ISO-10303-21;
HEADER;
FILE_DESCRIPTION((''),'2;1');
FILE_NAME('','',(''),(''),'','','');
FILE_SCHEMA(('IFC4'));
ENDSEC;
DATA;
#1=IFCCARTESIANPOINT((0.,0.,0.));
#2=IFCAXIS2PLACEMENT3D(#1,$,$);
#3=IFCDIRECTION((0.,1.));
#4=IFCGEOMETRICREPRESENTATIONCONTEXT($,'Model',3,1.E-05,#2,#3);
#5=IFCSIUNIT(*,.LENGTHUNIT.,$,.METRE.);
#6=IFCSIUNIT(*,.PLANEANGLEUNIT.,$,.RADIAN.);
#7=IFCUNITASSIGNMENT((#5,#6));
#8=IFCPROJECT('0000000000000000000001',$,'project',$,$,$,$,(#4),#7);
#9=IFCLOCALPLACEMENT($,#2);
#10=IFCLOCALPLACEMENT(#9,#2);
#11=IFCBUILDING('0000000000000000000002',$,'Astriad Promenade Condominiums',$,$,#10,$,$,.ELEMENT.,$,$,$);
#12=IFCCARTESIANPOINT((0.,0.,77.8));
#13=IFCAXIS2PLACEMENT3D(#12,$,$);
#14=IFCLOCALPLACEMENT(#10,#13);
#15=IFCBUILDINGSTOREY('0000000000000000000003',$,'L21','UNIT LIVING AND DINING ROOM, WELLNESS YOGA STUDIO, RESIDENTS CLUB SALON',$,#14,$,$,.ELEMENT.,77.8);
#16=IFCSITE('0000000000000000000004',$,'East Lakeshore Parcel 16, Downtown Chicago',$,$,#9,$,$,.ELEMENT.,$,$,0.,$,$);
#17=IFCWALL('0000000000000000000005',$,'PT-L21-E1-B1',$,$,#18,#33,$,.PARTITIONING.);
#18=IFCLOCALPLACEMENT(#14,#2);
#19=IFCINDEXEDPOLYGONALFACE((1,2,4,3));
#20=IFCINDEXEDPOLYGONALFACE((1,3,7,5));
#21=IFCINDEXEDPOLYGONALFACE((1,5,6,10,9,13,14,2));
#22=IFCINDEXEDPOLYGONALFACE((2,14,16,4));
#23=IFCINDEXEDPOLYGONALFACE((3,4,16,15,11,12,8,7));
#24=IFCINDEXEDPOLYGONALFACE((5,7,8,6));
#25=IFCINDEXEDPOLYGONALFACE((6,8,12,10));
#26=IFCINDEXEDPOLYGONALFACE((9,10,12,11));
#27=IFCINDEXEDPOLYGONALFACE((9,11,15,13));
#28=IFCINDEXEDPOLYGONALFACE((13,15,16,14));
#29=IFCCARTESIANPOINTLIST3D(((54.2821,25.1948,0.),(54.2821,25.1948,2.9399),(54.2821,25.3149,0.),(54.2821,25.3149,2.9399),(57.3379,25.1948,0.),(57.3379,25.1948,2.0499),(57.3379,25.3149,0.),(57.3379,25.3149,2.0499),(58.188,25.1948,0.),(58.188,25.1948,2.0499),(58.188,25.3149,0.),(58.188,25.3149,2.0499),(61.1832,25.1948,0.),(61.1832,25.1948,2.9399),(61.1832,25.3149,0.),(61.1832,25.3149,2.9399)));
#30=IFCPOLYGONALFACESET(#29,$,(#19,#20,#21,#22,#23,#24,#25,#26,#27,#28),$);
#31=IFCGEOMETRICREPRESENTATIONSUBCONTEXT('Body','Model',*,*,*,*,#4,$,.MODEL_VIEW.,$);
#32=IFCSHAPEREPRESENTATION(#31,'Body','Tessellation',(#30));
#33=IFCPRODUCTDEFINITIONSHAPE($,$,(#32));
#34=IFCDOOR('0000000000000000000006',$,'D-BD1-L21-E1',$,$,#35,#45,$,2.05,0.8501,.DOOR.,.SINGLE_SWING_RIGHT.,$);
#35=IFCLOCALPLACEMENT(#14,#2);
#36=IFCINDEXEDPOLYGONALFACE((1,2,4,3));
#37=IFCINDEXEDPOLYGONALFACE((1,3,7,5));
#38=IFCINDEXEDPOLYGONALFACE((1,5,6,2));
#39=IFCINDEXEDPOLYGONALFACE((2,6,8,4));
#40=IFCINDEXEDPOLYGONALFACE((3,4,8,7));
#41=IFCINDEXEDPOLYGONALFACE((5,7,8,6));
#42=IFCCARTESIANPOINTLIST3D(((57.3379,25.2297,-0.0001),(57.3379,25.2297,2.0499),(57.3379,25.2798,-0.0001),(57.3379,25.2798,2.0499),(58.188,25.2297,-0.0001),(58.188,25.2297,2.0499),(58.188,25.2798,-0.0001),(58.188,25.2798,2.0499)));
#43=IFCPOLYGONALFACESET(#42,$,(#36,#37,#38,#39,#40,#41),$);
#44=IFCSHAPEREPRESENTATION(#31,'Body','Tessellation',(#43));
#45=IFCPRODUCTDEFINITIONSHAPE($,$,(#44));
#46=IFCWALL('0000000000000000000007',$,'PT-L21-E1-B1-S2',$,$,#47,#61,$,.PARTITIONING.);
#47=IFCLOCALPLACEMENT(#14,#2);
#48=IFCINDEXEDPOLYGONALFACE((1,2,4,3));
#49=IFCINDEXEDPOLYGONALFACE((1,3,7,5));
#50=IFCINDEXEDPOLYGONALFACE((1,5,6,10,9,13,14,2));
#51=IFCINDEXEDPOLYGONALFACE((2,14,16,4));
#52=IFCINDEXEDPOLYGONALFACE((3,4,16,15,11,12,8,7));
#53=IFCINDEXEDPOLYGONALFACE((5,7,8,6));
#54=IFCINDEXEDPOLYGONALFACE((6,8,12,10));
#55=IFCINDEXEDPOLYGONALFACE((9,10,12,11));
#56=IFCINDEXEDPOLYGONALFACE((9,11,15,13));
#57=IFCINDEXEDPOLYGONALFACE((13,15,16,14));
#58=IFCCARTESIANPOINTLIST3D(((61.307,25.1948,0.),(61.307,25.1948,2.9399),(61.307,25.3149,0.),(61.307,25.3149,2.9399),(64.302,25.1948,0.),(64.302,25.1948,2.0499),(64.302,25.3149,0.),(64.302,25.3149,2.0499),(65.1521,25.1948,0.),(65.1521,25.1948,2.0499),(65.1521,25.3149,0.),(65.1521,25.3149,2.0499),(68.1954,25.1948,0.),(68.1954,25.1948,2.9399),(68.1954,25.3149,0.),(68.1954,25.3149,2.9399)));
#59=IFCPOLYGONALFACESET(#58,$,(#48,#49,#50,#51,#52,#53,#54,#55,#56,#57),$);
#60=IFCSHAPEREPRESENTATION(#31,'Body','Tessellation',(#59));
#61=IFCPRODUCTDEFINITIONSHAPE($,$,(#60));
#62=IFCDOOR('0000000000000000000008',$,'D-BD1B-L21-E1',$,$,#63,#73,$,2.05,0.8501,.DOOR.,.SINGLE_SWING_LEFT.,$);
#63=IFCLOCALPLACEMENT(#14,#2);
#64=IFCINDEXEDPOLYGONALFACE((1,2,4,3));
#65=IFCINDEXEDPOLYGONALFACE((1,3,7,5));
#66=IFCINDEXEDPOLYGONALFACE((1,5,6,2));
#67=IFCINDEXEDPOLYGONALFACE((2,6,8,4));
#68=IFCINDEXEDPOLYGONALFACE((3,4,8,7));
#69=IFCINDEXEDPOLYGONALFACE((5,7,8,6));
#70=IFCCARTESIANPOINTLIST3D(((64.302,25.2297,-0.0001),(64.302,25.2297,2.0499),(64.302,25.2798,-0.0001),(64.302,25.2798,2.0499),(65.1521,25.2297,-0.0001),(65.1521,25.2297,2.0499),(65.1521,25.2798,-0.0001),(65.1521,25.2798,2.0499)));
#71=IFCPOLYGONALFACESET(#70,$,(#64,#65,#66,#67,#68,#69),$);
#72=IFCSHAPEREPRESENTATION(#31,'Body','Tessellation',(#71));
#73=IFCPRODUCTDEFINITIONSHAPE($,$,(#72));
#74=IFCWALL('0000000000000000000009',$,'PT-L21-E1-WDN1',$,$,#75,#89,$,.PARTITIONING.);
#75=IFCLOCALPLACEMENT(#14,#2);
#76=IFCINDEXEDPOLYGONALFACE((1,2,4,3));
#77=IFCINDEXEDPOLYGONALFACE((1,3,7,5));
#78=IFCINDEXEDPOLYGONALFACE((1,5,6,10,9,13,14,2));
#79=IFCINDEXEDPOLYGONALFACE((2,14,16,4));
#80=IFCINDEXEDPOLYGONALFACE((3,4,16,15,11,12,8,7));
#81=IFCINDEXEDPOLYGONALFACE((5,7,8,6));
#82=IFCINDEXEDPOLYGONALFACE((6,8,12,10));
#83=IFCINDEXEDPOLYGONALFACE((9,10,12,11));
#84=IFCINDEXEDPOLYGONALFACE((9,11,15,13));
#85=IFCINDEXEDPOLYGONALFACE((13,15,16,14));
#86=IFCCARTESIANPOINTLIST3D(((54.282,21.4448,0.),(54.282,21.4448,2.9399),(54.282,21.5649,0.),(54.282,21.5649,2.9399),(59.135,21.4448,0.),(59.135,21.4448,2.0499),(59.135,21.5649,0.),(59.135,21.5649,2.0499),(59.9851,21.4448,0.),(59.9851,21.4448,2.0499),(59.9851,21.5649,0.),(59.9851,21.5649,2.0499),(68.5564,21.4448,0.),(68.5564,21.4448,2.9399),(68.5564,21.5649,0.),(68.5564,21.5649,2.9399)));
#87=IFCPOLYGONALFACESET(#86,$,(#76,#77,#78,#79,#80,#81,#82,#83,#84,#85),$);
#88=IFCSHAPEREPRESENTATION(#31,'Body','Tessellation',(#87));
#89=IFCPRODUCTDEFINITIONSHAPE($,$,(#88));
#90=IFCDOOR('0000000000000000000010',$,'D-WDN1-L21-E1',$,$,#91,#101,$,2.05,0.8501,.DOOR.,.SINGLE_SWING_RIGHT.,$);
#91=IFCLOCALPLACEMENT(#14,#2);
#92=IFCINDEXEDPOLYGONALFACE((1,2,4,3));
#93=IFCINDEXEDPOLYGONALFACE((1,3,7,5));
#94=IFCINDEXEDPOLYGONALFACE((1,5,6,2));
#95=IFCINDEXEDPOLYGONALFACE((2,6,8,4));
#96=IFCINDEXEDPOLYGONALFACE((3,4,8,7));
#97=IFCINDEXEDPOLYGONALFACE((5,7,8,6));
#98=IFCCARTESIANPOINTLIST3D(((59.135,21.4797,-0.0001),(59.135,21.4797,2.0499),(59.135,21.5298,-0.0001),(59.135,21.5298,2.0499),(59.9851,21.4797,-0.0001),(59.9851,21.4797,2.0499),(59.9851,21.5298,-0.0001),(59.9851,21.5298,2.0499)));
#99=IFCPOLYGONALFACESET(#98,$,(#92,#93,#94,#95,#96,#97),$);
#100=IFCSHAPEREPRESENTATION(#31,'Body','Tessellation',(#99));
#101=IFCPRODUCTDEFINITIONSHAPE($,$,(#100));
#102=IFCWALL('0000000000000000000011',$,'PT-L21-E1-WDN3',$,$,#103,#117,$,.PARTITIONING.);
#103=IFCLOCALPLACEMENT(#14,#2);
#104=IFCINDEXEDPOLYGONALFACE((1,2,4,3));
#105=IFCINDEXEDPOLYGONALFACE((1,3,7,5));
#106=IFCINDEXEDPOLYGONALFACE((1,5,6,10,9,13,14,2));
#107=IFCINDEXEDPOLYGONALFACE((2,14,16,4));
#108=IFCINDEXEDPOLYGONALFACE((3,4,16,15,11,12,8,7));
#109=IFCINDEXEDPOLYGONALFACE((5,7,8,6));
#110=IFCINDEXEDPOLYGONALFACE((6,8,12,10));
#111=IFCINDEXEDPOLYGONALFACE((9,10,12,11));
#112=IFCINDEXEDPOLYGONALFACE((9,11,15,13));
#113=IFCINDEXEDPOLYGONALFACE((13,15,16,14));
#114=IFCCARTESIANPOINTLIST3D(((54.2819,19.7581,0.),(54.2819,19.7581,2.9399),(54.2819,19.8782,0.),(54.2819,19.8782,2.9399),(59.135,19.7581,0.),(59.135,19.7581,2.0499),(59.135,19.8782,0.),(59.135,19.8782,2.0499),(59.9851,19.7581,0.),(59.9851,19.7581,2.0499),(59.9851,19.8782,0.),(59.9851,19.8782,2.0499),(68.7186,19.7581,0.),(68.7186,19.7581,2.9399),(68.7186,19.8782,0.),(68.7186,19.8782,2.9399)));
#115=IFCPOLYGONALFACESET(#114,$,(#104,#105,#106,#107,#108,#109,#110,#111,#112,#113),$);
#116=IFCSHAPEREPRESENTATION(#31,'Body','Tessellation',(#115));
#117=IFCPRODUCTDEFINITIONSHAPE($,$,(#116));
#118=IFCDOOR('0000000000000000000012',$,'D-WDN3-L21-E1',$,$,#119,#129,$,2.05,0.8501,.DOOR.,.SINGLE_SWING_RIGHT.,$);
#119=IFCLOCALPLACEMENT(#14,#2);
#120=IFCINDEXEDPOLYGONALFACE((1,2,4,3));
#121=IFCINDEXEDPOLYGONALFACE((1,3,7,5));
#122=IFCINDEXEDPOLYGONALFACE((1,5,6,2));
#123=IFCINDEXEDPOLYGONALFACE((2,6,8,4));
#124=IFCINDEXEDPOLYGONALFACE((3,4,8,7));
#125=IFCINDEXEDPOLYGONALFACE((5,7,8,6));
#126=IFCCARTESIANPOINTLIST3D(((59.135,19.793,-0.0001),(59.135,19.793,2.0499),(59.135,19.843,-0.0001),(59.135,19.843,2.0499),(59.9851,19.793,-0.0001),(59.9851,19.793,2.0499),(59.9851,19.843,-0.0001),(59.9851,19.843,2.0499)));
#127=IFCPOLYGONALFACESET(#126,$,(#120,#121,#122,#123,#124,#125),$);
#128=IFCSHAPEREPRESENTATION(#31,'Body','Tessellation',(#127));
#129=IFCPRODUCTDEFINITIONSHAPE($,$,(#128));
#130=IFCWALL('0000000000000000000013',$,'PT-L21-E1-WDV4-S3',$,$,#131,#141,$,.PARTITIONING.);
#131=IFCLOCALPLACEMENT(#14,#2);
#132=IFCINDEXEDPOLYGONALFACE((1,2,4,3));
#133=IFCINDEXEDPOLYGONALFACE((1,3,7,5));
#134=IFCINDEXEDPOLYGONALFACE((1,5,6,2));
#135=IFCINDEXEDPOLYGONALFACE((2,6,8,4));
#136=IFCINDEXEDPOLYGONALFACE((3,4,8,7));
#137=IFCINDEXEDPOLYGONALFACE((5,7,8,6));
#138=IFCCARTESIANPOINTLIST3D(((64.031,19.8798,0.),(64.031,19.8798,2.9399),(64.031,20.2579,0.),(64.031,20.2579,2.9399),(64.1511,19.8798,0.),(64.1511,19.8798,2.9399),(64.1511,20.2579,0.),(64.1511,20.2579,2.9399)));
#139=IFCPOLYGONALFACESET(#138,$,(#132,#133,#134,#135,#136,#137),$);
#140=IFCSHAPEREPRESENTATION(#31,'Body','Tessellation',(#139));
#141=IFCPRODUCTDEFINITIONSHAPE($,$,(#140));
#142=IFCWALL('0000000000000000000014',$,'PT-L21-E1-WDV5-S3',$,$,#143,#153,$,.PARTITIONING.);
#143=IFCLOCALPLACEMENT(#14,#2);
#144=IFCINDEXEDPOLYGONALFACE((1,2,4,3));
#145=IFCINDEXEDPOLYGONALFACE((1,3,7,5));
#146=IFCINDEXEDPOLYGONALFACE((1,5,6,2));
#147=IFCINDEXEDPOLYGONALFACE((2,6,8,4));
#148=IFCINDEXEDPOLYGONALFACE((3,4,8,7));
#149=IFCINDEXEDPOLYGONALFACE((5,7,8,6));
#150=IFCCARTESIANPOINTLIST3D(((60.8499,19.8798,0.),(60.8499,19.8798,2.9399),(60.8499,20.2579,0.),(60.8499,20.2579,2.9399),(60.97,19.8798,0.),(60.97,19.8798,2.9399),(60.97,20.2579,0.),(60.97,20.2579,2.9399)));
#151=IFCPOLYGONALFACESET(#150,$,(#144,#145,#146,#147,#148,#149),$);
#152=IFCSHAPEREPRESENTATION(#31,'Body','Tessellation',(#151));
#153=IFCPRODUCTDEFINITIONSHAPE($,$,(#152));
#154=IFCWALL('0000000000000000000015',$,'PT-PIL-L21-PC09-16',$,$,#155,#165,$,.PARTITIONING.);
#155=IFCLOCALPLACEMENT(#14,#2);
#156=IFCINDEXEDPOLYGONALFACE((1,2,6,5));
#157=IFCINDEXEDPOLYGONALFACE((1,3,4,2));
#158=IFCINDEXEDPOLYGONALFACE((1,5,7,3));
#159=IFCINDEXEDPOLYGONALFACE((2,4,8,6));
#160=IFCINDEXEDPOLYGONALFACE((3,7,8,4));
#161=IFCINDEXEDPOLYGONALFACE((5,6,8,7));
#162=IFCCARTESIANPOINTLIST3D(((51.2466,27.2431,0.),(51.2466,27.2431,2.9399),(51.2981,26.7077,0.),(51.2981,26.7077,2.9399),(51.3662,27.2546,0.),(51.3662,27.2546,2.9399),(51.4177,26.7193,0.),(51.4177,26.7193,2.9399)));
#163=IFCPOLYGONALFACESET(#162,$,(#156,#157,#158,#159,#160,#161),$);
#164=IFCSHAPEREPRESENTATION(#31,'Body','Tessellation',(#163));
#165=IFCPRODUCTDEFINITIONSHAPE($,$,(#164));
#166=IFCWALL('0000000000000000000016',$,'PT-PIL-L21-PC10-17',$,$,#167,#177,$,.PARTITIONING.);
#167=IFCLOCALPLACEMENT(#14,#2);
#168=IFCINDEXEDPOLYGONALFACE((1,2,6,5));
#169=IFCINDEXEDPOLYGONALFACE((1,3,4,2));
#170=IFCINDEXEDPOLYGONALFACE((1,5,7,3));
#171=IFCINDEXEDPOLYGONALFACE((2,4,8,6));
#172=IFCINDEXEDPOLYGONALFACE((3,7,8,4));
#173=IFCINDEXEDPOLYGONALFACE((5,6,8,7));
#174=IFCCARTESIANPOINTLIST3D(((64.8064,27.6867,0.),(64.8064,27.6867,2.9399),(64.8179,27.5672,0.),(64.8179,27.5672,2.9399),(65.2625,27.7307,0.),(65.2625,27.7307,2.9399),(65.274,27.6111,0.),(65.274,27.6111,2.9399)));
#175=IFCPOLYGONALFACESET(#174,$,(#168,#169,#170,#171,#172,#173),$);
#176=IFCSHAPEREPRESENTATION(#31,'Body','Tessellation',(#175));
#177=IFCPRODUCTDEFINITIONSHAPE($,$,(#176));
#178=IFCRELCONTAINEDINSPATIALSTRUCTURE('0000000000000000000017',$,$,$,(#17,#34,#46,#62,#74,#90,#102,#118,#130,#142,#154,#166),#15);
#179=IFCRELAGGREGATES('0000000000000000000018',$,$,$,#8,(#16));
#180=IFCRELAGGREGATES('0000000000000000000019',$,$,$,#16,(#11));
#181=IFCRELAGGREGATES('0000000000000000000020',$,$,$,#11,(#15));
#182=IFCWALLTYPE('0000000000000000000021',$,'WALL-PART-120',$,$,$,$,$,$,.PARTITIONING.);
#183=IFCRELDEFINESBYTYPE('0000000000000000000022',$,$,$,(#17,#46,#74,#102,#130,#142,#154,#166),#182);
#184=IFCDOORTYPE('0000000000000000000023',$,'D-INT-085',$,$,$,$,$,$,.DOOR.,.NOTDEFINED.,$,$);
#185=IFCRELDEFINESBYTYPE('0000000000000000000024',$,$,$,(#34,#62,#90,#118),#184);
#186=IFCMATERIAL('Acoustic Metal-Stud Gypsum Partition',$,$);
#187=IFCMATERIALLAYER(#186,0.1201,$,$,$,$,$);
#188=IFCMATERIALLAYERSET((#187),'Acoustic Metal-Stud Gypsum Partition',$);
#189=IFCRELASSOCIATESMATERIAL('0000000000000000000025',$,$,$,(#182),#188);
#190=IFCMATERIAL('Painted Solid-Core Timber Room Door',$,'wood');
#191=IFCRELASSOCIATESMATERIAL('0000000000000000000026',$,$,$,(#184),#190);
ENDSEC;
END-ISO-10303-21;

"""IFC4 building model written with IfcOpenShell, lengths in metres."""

from ifc_helpers import new_model, si_unit, direction, frame, frame_2d, origin, place, context, subcontext, project, spatial, rectangle, extrude, source, transform, mapped, material, layer, layer_set, type_object, type_shapes, element, fill, save


model = new_model("IFC4")

# Units and contexts
model_context = context("Model", 3, precision=1e-05, world=origin(), true_north=direction((0.0, 1.0)))
body_context = subcontext(model_context, "Body", "Model", "MODEL_VIEW")
ifc_project = project(units=[si_unit("LENGTHUNIT", "METRE"), si_unit("PLANEANGLEUNIT", "RADIAN")], contexts=[model_context])

# Site, building, storey
site_placement = place(None, origin())
site = spatial("IfcSite", under=ifc_project, at=site_placement, Name="East Lakeshore Parcel 16, Downtown Chicago", CompositionType="ELEMENT", RefElevation=0.0)
building_placement = place(site_placement, origin())
building = spatial("IfcBuilding", under=site, at=building_placement, Name="Astriad Promenade Condominiums", CompositionType="ELEMENT")
storey_placement = place(building_placement, frame((0.0, 0.0, 77.8)))
storey = spatial("IfcBuildingStorey", under=building, at=storey_placement, Name="L21", Description="UNIT LIVING AND DINING ROOM, WELLNESS YOGA STUDIO, RESIDENTS CLUB SALON", CompositionType="ELEMENT", Elevation=77.8)

# Shared definitions
ifc_material_1 = material(Name="Acoustic Metal-Stud Gypsum Partition")
ifc_layer_1 = layer(ifc_material_1, 0.1201)
ifc_layer_set_1 = layer_set([ifc_layer_1], Name="Acoustic Metal-Stud Gypsum Partition")
wall_type_1 = type_object("IfcWallType", Name="WALL-PART-120", PredefinedType="PARTITIONING", material=ifc_layer_set_1)

# Walls, openings, doors
wall_1_placement = place(storey_placement, frame((54.282, 25.2549, 0.0), z_axis=(0.0, 0.0, 1.0), x_axis=(1.0, 0.0, 0.0)))
wall_1 = element("IfcWall", 1, at=wall_1_placement, inside=storey, type_object=wall_type_1, Name="PT-L21-E1-B1", PredefinedType="PARTITIONING", context=body_context, shape_type="SweptSolid", body=[
    extrude(rectangle(XDim=6.9011, YDim=0.1201, at=frame_2d((3.4507, 0.0))), origin(), (0.0, 0.0, 1.0), 2.9399),
])
opening_1_placement = place(wall_1_placement, frame((3.0559, 0.0, 0.0)))
opening_1 = element("IfcOpeningElement", 2, at=opening_1_placement, cuts=wall_1, PredefinedType="OPENING", context=body_context, shape_type="SweptSolid", body=[
    extrude(rectangle(XDim=0.8501, YDim=2.05, at=frame_2d((0.425, 1.0249))), frame((0.0, 0.0701, 0.0), z_axis=(0.0, -1.0, 0.0), x_axis=(1.0, 0.0, 0.0)), (0.0, 0.0, 1.0), 0.1401),
])
ifc_material_2 = material(Name="Painted Solid-Core Timber Room Door", Category="wood")
door_type = type_object("IfcDoorType", Name="D-INT-085", OperationType="NOTDEFINED", PredefinedType="DOOR", material=ifc_material_2)
shared_shape_1 = source(origin(), body_context, "Body", "SweptSolid", [
    extrude(rectangle(XDim=0.8501, YDim=2.05, at=frame_2d((0.425, 1.0249))), frame((0.0, 0.0249, 0.0), z_axis=(0.0, -1.0, 0.0), x_axis=(1.0, 0.0, 0.0)), (0.0, 0.0, 1.0), 0.05),
])
type_shapes(door_type, [shared_shape_1])
door_1_placement = place(opening_1_placement, origin())
door_1 = element("IfcDoor", 3, at=door_1_placement, inside=storey, type_object=door_type, Name="D-BD1-L21-E1", OperationType="SINGLE_SWING_RIGHT", OverallHeight=2.05, OverallWidth=0.8501, PredefinedType="DOOR", context=body_context, shape_type="MappedRepresentation", body=[
    mapped(shared_shape_1, transform((0.0, 0.0, 0.0), scale=1.0)),
])
fill(opening_1, door_1)
wall_2_placement = place(storey_placement, frame((61.3069, 25.2549, 0.0), z_axis=(0.0, 0.0, 1.0), x_axis=(1.0, 0.0, 0.0)))
wall_2 = element("IfcWall", 4, at=wall_2_placement, inside=storey, type_object=wall_type_1, Name="PT-L21-E1-B1-S2", PredefinedType="PARTITIONING", context=body_context, shape_type="SweptSolid", body=[
    extrude(rectangle(XDim=6.8884, YDim=0.1201, at=frame_2d((3.4443, 0.0))), origin(), (0.0, 0.0, 1.0), 2.9399),
])
opening_2_placement = place(wall_2_placement, frame((2.9951, 0.0, 0.0)))
opening_2 = element("IfcOpeningElement", 5, at=opening_2_placement, cuts=wall_2, PredefinedType="OPENING", context=body_context, shape_type="SweptSolid", body=[
    extrude(rectangle(XDim=0.8501, YDim=2.05, at=frame_2d((0.425, 1.0249))), frame((0.0, 0.0701, 0.0), z_axis=(0.0, -1.0, 0.0), x_axis=(1.0, 0.0, 0.0)), (0.0, 0.0, 1.0), 0.1401),
])
door_2_placement = place(opening_2_placement, origin())
door_2 = element("IfcDoor", 6, at=door_2_placement, inside=storey, type_object=door_type, Name="D-BD1B-L21-E1", OperationType="SINGLE_SWING_LEFT", OverallHeight=2.05, OverallWidth=0.8501, PredefinedType="DOOR", context=body_context, shape_type="MappedRepresentation", body=[
    mapped(shared_shape_1, transform((0.0, 0.0, 0.0), scale=1.0)),
])
fill(opening_2, door_2)
wall_3_placement = place(storey_placement, frame((54.282, 21.5049, 0.0), z_axis=(0.0, 0.0, 1.0), x_axis=(1.0, 0.0, 0.0)))
wall_3 = element("IfcWall", 7, at=wall_3_placement, inside=storey, type_object=wall_type_1, Name="PT-L21-E1-WDN1", PredefinedType="PARTITIONING", context=body_context, shape_type="SweptSolid", body=[
    extrude(rectangle(XDim=14.2744, YDim=0.1201, at=frame_2d((7.1372, 0.0))), origin(), (0.0, 0.0, 1.0), 2.9399),
])
opening_3_placement = place(wall_3_placement, frame((4.853, 0.0, 0.0)))
opening_3 = element("IfcOpeningElement", 8, at=opening_3_placement, cuts=wall_3, PredefinedType="OPENING", context=body_context, shape_type="SweptSolid", body=[
    extrude(rectangle(XDim=0.8501, YDim=2.05, at=frame_2d((0.425, 1.0249))), frame((0.0, 0.0701, 0.0), z_axis=(0.0, -1.0, 0.0), x_axis=(1.0, 0.0, 0.0)), (0.0, 0.0, 1.0), 0.1401),
])
door_3_placement = place(opening_3_placement, origin())
door_3 = element("IfcDoor", 9, at=door_3_placement, inside=storey, type_object=door_type, Name="D-WDN1-L21-E1", OperationType="SINGLE_SWING_RIGHT", OverallHeight=2.05, OverallWidth=0.8501, PredefinedType="DOOR", context=body_context, shape_type="MappedRepresentation", body=[
    mapped(shared_shape_1, transform((0.0, 0.0, 0.0), scale=1.0)),
])
fill(opening_3, door_3)
wall_4_placement = place(storey_placement, frame((54.282, 19.8181, 0.0), z_axis=(0.0, 0.0, 1.0), x_axis=(1.0, 0.0, 0.0)))
wall_4 = element("IfcWall", 10, at=wall_4_placement, inside=storey, type_object=wall_type_1, Name="PT-L21-E1-WDN3", PredefinedType="PARTITIONING", context=body_context, shape_type="SweptSolid", body=[
    extrude(rectangle(XDim=14.4368, YDim=0.1201, at=frame_2d((7.2183, 0.0))), origin(), (0.0, 0.0, 1.0), 2.9399),
])
opening_4_placement = place(wall_4_placement, frame((4.853, 0.0, 0.0)))
opening_4 = element("IfcOpeningElement", 11, at=opening_4_placement, cuts=wall_4, PredefinedType="OPENING", context=body_context, shape_type="SweptSolid", body=[
    extrude(rectangle(XDim=0.8501, YDim=2.05, at=frame_2d((0.425, 1.0249))), frame((0.0, 0.0701, 0.0), z_axis=(0.0, -1.0, 0.0), x_axis=(1.0, 0.0, 0.0)), (0.0, 0.0, 1.0), 0.1401),
])
door_4_placement = place(opening_4_placement, origin())
door_4 = element("IfcDoor", 12, at=door_4_placement, inside=storey, type_object=door_type, Name="D-WDN3-L21-E1", OperationType="SINGLE_SWING_RIGHT", OverallHeight=2.05, OverallWidth=0.8501, PredefinedType="DOOR", context=body_context, shape_type="MappedRepresentation", body=[
    mapped(shared_shape_1, transform((0.0, 0.0, 0.0), scale=1.0)),
])
fill(opening_4, door_4)

# Walls
for number, where, z_axis, x_axis, name in (
    (13, (64.0911, 19.8799, 0.0), (0.0, 0.0, 1.0), (0.0, 1.0, 0.0), "PT-L21-E1-WDV4-S3"),
    (14, (60.9099, 19.8799, 0.0), (0.0, 0.0, 1.0), (0.0, 1.0, 0.0), "PT-L21-E1-WDV5-S3"),
):
    element("IfcWall", number, at=place(storey_placement, frame(where, z_axis=z_axis, x_axis=x_axis)), inside=storey, type_object=wall_type_1, Name=name, PredefinedType="PARTITIONING", context=body_context, shape_type="SweptSolid", body=[
        extrude(rectangle(XDim=0.3782, YDim=0.1201, at=frame_2d((0.189, 0.0))), origin(), (0.0, 0.0, 1.0), 2.9399),
    ])
wall_5_placement = place(storey_placement, frame((51.3579, 26.7134, 0.0), z_axis=(0.0, 0.0, 1.0), x_axis=(-0.095773, 0.995403, 0.0)))
element("IfcWall", 15, at=wall_5_placement, inside=storey, type_object=wall_type_1, Name="PT-PIL-L21-PC09-16", PredefinedType="PARTITIONING", context=body_context, shape_type="SweptSolid", body=[
    extrude(rectangle(XDim=0.5378, YDim=0.1201, at=frame_2d((0.269, 0.0))), origin(), (0.0, 0.0, 1.0), 2.9399),
])
wall_6_placement = place(storey_placement, frame((64.8123, 27.627, 0.0), z_axis=(0.0, 0.0, 1.0), x_axis=(0.995389, 0.095915, 0.0)))
element("IfcWall", 16, at=wall_6_placement, inside=storey, type_object=wall_type_1, Name="PT-PIL-L21-PC10-17", PredefinedType="PARTITIONING", context=body_context, shape_type="SweptSolid", body=[
    extrude(rectangle(XDim=0.4583, YDim=0.1201, at=frame_2d((0.229, 0.0))), origin(), (0.0, 0.0, 1.0), 2.9399),
])

save(model, "model.ifc")
